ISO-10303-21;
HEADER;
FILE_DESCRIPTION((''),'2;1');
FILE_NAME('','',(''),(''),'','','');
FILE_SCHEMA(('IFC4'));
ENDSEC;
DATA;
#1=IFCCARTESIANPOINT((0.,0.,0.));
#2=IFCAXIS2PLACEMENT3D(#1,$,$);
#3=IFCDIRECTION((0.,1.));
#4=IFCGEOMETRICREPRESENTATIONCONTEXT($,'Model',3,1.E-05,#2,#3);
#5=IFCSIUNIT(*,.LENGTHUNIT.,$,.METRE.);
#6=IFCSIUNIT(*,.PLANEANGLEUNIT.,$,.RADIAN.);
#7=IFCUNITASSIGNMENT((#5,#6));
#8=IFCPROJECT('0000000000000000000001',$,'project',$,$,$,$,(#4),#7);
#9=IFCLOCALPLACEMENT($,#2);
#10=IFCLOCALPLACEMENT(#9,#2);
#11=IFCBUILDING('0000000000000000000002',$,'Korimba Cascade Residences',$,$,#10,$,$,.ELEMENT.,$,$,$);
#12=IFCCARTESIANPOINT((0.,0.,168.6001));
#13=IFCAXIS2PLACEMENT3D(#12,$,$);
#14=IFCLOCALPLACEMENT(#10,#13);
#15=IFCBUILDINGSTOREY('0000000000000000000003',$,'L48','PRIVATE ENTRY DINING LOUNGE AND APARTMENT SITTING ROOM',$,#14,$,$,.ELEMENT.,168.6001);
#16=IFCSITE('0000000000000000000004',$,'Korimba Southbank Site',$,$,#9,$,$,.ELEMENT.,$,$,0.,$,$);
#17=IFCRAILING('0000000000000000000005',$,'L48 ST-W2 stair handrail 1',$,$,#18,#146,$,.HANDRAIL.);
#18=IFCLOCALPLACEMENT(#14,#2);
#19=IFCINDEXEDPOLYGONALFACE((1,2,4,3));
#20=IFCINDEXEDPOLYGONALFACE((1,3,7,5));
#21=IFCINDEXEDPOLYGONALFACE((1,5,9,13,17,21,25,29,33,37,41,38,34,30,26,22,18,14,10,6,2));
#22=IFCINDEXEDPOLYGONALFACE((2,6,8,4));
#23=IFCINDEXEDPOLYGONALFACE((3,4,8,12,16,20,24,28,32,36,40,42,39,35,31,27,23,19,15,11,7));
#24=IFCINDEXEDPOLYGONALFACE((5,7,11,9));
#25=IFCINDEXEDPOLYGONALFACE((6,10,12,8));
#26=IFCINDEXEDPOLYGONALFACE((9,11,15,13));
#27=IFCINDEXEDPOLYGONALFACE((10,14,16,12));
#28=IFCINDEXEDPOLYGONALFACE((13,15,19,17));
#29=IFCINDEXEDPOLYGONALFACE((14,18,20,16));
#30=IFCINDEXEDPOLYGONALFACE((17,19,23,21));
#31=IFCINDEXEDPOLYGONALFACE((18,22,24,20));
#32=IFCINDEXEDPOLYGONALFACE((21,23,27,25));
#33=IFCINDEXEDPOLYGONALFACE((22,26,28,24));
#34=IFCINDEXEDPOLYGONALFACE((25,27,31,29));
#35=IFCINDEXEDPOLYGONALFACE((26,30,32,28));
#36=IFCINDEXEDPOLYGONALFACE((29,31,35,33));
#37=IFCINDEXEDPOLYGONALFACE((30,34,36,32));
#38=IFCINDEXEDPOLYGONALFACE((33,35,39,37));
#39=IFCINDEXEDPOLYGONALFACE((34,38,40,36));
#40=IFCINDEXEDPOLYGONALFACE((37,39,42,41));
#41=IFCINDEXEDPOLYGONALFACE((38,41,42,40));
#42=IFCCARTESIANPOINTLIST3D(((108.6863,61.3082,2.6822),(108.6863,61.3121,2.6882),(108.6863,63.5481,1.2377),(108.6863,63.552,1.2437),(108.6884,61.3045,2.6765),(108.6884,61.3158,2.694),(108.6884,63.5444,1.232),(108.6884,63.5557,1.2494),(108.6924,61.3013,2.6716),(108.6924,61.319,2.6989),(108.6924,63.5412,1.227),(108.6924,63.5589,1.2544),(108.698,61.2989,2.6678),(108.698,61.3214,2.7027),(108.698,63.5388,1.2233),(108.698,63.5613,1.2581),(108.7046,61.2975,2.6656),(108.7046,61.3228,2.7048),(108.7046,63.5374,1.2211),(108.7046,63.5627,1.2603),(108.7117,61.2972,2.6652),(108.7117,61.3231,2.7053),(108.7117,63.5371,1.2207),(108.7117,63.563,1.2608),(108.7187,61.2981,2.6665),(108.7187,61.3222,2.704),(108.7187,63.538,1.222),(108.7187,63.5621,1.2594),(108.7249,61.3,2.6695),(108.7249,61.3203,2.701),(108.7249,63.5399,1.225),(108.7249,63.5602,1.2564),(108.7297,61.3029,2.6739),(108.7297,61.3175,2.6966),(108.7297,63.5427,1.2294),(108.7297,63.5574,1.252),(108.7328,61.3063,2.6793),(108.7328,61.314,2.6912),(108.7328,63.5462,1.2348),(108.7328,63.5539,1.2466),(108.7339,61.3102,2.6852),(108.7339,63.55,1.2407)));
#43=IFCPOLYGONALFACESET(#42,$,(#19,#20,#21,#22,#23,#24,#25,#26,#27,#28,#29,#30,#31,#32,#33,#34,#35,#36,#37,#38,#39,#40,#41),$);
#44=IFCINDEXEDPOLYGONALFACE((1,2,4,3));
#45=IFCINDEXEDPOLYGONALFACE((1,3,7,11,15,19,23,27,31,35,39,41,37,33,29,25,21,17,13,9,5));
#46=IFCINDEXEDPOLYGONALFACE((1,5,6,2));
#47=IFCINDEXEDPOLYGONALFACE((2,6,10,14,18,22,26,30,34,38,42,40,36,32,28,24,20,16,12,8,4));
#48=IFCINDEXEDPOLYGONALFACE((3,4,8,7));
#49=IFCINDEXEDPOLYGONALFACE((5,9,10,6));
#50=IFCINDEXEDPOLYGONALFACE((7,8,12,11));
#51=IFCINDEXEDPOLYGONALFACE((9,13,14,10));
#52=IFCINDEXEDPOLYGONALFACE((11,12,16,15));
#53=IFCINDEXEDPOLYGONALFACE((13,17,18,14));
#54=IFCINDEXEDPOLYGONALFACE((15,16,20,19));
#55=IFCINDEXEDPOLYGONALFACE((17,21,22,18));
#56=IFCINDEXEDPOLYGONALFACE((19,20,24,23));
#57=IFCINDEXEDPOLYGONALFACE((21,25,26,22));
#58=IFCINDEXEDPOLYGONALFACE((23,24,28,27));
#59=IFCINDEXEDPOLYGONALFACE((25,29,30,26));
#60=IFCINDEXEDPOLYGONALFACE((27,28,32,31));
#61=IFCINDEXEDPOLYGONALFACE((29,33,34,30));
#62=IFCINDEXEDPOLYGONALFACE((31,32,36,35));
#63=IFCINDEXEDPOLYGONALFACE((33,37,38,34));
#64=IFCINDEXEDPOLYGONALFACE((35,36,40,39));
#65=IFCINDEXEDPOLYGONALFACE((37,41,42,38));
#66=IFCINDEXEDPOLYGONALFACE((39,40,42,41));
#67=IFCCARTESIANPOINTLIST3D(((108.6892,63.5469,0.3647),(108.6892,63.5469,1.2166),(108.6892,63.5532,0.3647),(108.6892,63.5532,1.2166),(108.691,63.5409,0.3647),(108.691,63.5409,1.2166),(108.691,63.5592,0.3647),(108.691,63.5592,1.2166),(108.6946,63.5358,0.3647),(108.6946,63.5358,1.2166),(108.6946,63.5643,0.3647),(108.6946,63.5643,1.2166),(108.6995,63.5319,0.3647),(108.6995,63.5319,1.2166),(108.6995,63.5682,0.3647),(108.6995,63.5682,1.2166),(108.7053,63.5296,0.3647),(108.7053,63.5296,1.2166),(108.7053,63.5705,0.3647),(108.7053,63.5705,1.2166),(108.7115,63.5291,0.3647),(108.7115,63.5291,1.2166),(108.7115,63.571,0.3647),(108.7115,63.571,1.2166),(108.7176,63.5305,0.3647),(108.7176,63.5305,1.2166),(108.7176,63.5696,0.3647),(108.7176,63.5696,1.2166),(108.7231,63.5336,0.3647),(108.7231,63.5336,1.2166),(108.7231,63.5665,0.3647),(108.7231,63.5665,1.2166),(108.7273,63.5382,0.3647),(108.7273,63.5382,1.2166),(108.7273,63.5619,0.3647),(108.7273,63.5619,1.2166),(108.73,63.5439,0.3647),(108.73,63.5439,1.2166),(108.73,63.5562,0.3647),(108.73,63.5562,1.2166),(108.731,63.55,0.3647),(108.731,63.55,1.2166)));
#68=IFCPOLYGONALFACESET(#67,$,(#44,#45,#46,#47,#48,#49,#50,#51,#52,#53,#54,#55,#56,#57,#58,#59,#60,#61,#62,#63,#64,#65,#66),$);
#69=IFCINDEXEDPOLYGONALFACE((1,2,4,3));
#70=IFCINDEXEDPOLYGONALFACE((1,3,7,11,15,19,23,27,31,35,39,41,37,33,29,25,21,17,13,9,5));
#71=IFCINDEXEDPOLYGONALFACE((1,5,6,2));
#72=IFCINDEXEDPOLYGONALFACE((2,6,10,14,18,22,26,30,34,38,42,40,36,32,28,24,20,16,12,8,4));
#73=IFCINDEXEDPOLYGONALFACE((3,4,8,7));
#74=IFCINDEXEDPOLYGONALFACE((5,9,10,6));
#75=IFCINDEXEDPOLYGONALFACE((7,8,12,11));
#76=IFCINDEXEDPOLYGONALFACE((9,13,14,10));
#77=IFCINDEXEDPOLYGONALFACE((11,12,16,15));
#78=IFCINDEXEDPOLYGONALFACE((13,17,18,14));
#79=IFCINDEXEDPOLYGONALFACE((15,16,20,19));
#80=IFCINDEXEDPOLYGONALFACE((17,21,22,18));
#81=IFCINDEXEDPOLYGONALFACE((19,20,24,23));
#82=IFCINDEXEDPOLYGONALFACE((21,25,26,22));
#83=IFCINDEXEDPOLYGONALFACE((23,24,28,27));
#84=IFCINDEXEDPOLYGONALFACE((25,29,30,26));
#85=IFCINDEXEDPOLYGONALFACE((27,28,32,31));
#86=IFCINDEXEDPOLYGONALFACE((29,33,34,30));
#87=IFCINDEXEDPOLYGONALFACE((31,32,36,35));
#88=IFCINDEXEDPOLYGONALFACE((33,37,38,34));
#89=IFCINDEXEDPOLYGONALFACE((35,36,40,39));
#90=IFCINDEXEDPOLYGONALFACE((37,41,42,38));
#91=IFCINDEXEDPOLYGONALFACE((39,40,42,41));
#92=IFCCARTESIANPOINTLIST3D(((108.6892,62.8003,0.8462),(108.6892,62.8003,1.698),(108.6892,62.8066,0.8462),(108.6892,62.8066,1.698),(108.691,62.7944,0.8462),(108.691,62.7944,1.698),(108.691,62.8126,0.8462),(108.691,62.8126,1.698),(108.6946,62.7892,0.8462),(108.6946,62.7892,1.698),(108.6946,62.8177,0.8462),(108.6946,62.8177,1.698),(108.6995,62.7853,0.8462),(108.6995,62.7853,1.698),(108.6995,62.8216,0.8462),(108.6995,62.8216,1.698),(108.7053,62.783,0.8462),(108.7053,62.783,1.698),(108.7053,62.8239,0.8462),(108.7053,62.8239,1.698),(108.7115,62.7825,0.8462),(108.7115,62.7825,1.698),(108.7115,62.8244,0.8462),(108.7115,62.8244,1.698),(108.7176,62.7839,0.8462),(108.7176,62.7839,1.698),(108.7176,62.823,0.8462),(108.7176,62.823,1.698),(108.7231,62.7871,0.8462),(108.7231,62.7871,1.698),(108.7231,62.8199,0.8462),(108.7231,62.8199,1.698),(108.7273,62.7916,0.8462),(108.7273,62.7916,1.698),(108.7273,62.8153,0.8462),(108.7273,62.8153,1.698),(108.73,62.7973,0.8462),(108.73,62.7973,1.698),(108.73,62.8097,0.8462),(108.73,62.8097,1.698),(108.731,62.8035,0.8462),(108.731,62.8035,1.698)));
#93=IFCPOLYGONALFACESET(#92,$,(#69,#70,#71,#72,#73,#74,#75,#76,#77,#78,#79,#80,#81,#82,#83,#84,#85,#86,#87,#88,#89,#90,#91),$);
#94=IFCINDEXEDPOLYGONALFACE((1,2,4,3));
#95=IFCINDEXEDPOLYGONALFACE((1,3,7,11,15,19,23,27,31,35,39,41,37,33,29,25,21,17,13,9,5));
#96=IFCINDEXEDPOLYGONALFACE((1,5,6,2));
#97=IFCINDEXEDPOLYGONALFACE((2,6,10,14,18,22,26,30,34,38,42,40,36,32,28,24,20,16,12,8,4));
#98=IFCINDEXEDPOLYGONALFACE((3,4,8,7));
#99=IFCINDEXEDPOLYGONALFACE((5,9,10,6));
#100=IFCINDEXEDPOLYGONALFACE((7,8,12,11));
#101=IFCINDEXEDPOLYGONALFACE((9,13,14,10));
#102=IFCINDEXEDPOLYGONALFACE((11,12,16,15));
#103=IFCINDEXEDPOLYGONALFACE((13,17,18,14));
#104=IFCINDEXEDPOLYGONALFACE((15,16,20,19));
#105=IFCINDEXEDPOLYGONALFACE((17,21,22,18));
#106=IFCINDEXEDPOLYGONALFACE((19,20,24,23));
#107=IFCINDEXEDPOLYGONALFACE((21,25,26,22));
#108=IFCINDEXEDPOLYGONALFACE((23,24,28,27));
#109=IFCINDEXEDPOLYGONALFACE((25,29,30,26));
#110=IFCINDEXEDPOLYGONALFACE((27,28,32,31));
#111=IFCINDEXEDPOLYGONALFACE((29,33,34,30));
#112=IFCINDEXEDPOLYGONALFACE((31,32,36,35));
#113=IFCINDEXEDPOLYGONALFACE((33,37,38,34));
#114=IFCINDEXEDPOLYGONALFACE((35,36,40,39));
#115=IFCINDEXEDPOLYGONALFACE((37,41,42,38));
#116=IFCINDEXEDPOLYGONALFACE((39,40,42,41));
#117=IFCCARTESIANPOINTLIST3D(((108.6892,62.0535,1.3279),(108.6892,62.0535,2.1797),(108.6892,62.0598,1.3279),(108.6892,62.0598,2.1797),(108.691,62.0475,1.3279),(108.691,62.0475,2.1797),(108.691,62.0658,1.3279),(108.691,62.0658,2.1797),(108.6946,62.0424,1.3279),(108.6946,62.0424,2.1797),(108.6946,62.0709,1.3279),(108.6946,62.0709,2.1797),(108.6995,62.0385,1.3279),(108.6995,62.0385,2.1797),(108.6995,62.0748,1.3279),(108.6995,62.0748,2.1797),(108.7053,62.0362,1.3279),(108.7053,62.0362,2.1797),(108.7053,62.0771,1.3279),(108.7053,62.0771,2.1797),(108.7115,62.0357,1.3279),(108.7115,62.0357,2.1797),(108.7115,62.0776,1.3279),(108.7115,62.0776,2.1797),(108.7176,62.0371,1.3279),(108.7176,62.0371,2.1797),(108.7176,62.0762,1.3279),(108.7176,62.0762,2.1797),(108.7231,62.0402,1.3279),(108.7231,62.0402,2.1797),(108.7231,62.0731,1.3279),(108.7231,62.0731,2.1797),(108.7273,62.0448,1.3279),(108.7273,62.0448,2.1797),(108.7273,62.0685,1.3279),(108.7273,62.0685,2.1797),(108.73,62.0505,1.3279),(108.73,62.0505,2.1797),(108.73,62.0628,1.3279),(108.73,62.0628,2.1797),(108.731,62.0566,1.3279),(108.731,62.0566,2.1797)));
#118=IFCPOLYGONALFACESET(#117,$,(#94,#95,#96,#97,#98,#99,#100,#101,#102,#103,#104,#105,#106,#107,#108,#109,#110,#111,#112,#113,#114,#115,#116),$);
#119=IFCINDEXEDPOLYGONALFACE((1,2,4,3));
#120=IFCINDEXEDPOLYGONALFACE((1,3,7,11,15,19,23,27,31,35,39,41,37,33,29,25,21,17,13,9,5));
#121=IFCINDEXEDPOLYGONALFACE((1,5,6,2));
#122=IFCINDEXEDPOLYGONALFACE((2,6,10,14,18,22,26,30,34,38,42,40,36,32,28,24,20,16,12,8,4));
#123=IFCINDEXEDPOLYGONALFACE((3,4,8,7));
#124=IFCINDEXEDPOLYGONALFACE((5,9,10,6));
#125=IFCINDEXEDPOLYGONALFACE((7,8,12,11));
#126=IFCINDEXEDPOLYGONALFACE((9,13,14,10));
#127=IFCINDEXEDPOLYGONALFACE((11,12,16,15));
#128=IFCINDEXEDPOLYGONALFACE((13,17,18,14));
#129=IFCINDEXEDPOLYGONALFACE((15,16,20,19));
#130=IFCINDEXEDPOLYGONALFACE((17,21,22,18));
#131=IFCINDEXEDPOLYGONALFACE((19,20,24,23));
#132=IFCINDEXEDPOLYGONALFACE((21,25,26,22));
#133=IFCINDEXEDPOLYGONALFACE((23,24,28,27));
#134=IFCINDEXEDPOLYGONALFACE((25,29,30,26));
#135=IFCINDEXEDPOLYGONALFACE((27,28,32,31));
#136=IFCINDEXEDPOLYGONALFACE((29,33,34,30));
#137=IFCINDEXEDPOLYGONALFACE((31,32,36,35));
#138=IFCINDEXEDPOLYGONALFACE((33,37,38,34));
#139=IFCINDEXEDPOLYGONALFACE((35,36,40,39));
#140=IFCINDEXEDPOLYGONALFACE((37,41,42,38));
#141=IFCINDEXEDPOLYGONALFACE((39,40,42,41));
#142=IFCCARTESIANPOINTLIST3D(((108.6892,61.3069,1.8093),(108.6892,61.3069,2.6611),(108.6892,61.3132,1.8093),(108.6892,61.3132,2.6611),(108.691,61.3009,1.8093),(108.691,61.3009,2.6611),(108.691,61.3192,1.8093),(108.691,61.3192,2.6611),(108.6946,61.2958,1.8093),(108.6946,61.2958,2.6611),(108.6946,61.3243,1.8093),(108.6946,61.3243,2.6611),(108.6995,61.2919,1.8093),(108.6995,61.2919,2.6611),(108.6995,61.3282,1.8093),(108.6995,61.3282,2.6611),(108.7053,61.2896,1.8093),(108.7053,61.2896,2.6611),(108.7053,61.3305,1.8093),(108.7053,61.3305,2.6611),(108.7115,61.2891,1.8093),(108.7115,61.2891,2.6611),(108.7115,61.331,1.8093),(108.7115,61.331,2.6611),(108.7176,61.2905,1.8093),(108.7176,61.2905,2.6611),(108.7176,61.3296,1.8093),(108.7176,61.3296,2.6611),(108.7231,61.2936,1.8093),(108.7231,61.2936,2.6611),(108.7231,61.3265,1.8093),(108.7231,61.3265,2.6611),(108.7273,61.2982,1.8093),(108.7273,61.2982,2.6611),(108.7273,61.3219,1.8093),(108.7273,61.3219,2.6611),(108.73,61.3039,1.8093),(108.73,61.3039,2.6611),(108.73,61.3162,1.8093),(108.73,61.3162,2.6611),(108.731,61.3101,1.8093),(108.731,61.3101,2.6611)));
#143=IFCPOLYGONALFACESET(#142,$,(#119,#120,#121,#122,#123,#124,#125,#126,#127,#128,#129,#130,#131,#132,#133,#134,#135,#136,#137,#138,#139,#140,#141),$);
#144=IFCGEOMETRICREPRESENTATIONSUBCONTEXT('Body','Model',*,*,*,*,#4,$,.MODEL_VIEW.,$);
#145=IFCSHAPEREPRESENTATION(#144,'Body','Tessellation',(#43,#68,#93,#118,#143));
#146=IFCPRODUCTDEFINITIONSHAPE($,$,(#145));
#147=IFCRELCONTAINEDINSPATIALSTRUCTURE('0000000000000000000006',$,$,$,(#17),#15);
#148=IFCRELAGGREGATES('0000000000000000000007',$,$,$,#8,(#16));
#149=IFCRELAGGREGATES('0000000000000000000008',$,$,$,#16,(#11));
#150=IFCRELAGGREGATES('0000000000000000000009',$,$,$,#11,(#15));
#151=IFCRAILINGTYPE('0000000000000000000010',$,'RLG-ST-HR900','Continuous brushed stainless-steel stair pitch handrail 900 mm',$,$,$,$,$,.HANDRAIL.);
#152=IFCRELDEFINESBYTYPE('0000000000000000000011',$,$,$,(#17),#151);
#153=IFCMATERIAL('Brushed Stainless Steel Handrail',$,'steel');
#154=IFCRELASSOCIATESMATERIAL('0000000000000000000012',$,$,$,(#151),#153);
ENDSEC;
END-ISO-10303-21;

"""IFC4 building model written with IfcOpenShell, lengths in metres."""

from ifc_helpers import new_model, si_unit, direction, frame, origin, origin_2d, place, context, subcontext, project, spatial, circle, extrude, material, type_object, element, save


model = new_model("IFC4")

# Units and contexts
model_context = context("Model", 3, precision=1e-05, world=origin(), true_north=direction((0.0, 1.0)))
body_context = subcontext(model_context, "Body", "Model", "MODEL_VIEW")
ifc_project = project(units=[si_unit("LENGTHUNIT", "METRE"), si_unit("PLANEANGLEUNIT", "RADIAN")], contexts=[model_context])

# Site, building, storey
site_placement = place(None, origin())
site = spatial("IfcSite", under=ifc_project, at=site_placement, Name="Korimba Southbank Site", CompositionType="ELEMENT", RefElevation=0.0)
building_placement = place(site_placement, origin())
building = spatial("IfcBuilding", under=site, at=building_placement, Name="Korimba Cascade Residences", CompositionType="ELEMENT")
storey_placement = place(building_placement, frame((0.0, 0.0, 168.6001)))
storey = spatial("IfcBuildingStorey", under=building, at=storey_placement, Name="L48", Description="PRIVATE ENTRY DINING LOUNGE AND APARTMENT SITTING ROOM", CompositionType="ELEMENT", Elevation=168.6001)

# Railing
ifc_material_1 = material(Name="Brushed Stainless Steel Handrail", Category="steel")
railing_type_1 = type_object("IfcRailingType", Name="RLG-ST-HR900", Description="Continuous brushed stainless-steel stair pitch handrail 900 mm", PredefinedType="HANDRAIL", material=ifc_material_1)
railing_1_placement = place(storey_placement, frame((108.71, 63.55, 0.3647)))
element("IfcRailing", 1, at=railing_1_placement, inside=storey, type_object=railing_type_1, Name="L48 ST-W2 stair handrail 1", PredefinedType="HANDRAIL", context=body_context, shape_type="SweptSolid", body=[
    extrude(circle(Radius=0.0239, at=origin_2d()), frame((0.0, 0.0, 0.876), z_axis=(0.0, -0.840395, 0.541975), x_axis=(1.0, 0.0, 0.0)), (0.0, 0.0, 1.0), 2.6653),
    extrude(circle(Radius=0.021, at=origin_2d()), origin(), (0.0, 0.0, 1.0), 0.8518),
    extrude(circle(Radius=0.021, at=origin_2d()), frame((0.0, -0.7466, 0.4814)), (0.0, 0.0, 1.0), 0.8518),
    extrude(circle(Radius=0.021, at=origin_2d()), frame((0.0, -1.4934, 0.9631)), (0.0, 0.0, 1.0), 0.8518),
    extrude(circle(Radius=0.021, at=origin_2d()), frame((0.0, -2.24, 1.4446)), (0.0, 0.0, 1.0), 0.8518),
])

save(model, "model.ifc")
